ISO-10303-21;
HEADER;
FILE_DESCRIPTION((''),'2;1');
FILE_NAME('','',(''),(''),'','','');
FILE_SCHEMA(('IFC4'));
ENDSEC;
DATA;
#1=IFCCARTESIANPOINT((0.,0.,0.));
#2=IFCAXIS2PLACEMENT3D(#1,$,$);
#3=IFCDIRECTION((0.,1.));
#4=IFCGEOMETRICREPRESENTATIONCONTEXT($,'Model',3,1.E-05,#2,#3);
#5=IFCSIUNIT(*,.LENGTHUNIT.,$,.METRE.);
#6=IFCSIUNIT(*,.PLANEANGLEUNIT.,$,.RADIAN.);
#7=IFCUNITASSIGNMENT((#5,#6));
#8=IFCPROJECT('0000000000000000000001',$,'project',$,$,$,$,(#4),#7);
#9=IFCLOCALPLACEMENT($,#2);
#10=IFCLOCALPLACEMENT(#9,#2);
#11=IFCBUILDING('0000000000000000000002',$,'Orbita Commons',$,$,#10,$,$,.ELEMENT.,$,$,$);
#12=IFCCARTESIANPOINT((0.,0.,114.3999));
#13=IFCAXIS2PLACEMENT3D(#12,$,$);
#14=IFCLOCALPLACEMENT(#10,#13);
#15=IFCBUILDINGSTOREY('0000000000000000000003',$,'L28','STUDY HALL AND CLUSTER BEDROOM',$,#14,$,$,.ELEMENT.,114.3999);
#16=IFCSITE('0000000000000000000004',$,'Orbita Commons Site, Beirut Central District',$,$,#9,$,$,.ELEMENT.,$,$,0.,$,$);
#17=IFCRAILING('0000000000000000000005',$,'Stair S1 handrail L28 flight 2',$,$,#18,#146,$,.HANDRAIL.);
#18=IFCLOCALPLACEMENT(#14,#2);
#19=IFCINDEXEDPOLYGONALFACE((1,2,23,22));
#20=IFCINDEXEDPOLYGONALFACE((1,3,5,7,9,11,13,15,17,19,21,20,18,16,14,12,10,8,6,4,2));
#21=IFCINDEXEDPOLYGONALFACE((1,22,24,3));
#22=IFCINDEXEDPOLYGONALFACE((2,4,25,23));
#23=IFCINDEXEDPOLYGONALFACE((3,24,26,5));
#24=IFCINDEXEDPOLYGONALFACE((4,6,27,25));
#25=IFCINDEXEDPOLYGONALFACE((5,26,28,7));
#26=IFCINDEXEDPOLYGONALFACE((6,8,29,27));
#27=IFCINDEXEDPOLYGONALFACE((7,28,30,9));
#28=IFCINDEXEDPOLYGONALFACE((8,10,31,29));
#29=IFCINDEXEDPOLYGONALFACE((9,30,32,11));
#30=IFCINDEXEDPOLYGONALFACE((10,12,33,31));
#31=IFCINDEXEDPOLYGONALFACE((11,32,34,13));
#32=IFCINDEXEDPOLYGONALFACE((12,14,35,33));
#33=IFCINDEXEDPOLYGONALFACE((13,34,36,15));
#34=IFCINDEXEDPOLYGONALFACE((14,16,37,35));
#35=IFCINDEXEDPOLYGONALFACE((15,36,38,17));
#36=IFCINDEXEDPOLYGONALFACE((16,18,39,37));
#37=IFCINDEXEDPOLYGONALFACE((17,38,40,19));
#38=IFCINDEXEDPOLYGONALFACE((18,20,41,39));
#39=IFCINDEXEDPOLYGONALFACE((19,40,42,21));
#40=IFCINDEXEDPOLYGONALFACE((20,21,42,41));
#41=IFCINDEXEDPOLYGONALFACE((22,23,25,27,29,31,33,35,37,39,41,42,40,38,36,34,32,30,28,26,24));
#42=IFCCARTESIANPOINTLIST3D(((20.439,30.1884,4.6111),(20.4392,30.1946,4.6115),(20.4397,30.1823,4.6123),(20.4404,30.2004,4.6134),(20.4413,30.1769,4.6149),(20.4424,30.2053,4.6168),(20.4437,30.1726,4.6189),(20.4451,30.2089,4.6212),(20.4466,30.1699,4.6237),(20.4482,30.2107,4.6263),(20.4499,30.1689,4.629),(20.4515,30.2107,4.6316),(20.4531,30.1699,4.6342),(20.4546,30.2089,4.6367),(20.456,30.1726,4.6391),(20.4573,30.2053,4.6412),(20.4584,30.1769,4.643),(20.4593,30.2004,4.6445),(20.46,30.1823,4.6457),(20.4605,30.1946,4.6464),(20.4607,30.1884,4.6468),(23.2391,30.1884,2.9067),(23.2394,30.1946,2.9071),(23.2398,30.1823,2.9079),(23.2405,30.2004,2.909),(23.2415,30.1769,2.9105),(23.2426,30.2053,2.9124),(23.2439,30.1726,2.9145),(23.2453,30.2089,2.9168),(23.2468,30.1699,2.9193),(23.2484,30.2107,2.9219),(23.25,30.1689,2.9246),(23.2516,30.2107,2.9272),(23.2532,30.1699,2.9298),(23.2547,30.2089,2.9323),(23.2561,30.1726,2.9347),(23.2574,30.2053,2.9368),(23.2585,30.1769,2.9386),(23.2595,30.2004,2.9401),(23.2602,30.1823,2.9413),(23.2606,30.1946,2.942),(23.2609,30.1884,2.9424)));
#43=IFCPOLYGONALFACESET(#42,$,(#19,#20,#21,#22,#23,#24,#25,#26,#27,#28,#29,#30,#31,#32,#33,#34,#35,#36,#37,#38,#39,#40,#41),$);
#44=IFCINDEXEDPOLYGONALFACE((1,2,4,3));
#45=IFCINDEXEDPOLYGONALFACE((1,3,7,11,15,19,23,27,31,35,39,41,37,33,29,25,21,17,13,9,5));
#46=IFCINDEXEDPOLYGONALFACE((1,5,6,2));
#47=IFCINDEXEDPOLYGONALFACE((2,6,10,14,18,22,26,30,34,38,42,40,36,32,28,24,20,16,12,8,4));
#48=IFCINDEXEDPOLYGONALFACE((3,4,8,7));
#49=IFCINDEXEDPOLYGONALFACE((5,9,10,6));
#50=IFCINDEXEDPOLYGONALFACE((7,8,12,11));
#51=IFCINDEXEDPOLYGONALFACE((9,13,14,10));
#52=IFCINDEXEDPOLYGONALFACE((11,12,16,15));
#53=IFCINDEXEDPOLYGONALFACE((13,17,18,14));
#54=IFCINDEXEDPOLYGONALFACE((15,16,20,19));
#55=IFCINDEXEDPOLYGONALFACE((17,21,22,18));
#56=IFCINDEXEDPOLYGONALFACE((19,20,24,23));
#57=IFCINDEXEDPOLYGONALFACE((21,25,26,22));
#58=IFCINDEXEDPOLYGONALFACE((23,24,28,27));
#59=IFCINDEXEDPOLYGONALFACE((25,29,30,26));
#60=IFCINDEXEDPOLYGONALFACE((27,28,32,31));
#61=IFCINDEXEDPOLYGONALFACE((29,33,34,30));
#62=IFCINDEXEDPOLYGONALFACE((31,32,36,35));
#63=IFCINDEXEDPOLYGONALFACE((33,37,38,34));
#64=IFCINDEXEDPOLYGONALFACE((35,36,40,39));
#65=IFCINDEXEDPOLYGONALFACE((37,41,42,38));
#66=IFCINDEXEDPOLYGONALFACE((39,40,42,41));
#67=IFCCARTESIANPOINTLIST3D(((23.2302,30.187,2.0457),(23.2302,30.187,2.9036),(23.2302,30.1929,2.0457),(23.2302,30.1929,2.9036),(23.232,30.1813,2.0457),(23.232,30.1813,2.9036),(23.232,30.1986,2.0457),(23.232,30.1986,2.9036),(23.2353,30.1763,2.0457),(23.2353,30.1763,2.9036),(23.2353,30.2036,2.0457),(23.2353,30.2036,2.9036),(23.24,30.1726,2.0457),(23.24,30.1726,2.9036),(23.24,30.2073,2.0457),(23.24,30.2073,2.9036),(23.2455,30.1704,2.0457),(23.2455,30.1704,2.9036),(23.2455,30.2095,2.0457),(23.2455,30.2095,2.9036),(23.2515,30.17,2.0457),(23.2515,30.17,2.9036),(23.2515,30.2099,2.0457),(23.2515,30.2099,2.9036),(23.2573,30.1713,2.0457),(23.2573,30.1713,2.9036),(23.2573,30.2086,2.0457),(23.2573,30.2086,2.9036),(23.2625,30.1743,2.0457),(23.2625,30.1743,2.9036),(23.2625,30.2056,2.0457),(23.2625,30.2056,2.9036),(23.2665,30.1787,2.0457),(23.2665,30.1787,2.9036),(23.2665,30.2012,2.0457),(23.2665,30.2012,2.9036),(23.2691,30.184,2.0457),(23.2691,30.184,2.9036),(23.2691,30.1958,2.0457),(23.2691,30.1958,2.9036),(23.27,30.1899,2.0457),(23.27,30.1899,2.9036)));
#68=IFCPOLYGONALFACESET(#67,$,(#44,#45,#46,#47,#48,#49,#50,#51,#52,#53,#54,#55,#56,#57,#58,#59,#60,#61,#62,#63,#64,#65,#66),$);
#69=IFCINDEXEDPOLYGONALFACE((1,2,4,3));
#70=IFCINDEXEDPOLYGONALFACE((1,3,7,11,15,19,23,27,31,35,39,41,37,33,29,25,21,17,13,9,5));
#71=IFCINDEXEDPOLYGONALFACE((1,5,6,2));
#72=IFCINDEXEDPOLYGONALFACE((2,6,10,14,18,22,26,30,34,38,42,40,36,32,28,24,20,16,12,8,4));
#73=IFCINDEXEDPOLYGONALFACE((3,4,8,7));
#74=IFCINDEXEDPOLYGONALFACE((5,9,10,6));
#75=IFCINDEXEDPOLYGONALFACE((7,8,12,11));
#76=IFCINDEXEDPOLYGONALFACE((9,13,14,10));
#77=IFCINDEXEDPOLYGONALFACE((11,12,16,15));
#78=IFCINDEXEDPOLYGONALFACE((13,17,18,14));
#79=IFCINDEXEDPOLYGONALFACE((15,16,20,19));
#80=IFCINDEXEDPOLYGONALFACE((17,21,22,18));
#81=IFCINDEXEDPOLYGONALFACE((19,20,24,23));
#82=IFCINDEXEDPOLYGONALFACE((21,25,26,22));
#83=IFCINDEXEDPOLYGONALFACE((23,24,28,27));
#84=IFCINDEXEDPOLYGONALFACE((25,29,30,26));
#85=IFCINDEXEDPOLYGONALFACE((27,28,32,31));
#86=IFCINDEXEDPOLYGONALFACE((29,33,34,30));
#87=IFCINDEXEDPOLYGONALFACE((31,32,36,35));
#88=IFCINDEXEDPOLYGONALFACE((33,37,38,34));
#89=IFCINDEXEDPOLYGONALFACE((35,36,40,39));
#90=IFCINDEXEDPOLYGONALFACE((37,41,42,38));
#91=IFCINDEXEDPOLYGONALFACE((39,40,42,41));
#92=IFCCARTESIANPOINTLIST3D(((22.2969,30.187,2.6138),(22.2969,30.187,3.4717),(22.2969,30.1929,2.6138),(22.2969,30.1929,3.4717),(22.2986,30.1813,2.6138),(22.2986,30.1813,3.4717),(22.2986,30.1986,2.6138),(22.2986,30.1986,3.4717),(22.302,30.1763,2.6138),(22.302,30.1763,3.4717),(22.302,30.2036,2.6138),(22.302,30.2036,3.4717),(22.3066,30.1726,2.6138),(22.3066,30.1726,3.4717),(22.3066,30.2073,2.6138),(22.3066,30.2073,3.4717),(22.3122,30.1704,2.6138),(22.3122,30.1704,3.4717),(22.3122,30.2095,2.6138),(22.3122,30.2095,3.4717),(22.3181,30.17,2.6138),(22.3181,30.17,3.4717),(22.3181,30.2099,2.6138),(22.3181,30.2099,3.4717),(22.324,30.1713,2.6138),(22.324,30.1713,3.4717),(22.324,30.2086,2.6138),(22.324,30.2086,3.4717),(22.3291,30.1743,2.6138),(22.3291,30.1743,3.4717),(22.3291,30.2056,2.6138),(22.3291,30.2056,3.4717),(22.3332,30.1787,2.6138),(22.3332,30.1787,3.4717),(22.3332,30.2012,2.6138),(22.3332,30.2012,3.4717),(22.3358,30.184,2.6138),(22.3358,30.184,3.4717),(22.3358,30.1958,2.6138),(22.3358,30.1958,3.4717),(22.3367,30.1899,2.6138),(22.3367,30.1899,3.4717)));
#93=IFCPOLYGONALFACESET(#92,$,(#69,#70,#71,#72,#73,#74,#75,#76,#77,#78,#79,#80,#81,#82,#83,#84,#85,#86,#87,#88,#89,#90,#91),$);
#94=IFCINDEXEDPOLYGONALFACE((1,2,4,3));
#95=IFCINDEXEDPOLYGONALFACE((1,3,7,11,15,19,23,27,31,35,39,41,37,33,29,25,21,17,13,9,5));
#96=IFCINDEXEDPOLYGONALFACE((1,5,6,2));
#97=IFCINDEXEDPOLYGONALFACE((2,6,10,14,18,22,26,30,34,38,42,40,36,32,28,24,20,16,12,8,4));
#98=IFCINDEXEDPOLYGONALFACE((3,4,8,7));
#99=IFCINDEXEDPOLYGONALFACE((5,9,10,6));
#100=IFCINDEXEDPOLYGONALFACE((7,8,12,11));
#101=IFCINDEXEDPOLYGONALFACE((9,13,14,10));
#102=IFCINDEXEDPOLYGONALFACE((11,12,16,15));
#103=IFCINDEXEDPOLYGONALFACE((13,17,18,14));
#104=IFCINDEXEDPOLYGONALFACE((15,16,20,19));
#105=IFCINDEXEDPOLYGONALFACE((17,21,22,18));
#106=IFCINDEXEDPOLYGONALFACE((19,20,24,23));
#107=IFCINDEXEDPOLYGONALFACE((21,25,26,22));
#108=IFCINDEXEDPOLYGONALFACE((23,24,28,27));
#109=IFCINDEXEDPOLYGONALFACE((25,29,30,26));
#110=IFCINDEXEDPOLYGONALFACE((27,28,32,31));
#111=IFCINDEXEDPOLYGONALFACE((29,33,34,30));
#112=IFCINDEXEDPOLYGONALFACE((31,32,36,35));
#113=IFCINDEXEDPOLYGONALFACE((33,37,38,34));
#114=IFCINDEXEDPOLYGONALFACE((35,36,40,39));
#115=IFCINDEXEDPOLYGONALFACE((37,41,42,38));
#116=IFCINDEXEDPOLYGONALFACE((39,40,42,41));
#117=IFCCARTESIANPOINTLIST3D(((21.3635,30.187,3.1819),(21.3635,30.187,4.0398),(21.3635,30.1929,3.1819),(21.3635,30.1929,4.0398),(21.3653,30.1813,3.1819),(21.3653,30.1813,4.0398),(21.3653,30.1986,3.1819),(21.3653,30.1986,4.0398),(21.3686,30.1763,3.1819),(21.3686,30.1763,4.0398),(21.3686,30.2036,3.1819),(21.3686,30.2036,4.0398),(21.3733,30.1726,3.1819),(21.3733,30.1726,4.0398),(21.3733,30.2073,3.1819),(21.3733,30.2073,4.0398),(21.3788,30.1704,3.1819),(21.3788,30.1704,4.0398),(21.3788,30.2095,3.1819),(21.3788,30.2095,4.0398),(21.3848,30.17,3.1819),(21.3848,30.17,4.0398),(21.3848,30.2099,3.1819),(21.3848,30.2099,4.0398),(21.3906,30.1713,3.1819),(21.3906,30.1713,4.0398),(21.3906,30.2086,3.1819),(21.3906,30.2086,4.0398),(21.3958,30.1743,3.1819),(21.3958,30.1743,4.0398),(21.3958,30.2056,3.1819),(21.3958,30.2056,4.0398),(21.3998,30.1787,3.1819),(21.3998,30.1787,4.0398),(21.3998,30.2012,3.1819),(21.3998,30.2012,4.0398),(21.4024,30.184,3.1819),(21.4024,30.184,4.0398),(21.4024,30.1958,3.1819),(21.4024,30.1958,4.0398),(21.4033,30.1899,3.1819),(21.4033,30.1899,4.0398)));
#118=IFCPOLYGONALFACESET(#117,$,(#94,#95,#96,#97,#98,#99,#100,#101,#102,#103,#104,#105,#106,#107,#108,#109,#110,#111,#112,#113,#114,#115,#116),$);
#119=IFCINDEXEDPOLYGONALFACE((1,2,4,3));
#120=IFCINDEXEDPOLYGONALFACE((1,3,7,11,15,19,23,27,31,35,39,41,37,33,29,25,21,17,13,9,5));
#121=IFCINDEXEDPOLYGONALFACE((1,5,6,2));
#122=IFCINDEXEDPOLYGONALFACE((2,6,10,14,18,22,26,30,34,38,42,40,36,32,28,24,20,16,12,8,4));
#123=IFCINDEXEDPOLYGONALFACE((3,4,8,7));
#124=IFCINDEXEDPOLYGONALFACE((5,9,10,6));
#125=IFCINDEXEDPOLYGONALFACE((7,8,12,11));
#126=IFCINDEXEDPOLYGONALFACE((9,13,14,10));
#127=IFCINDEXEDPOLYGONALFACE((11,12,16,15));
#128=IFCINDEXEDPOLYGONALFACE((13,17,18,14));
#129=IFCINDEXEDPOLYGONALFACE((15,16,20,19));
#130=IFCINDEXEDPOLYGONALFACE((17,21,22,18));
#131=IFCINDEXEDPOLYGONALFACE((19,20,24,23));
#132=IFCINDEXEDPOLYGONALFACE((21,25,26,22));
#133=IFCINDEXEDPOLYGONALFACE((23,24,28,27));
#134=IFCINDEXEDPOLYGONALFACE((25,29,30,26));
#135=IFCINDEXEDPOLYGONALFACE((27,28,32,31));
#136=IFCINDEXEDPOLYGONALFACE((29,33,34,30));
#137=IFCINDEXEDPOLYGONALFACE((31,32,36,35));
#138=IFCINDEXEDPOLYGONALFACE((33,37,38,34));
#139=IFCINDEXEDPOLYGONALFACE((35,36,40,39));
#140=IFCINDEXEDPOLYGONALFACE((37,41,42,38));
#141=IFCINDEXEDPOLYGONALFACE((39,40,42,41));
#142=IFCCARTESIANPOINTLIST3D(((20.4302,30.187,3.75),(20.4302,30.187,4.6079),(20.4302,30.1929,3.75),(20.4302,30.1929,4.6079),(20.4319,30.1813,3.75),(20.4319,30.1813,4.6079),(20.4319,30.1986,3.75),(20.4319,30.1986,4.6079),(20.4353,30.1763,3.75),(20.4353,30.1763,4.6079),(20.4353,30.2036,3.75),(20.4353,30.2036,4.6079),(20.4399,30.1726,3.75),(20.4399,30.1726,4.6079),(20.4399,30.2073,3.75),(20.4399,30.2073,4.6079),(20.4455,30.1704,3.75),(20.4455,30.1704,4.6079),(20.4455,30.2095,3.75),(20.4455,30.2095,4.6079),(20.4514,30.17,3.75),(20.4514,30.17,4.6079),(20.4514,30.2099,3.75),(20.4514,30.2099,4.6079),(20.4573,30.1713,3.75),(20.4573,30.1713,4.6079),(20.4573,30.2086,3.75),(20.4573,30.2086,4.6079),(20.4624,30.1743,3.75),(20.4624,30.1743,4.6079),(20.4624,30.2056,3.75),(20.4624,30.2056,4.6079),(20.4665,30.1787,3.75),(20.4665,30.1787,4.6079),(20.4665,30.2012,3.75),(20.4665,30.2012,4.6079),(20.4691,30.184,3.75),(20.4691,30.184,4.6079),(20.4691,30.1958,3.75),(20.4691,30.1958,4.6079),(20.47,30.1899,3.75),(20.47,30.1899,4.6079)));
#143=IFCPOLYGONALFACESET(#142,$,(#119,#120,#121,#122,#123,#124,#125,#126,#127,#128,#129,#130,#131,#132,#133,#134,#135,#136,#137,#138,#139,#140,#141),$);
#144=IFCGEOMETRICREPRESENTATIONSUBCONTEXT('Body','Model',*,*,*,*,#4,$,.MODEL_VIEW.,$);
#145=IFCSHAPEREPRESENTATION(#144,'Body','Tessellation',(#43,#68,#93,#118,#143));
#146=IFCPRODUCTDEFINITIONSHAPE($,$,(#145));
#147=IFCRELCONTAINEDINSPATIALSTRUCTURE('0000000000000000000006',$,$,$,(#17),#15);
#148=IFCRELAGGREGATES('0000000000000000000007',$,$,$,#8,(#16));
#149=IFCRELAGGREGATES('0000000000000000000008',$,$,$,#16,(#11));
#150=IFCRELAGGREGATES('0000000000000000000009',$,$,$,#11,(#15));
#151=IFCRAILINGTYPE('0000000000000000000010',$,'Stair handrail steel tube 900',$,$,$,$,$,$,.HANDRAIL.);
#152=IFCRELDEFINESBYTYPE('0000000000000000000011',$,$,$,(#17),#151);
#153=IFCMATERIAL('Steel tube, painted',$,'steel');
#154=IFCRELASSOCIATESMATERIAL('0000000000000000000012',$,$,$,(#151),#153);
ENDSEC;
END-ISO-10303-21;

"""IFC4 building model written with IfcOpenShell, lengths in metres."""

from ifc_helpers import new_model, si_unit, direction, frame, origin, origin_2d, place, context, subcontext, project, spatial, circle, extrude, material, type_object, element, save


model = new_model("IFC4")

# Units and contexts
model_context = context("Model", 3, precision=1e-05, world=origin(), true_north=direction((0.0, 1.0)))
body_context = subcontext(model_context, "Body", "Model", "MODEL_VIEW")
ifc_project = project(units=[si_unit("LENGTHUNIT", "METRE"), si_unit("PLANEANGLEUNIT", "RADIAN")], contexts=[model_context])

# Site, building, storey
site_placement = place(None, origin())
site = spatial("IfcSite", under=ifc_project, at=site_placement, Name="Orbita Commons Site, Beirut Central District", CompositionType="ELEMENT", RefElevation=0.0)
building_placement = place(site_placement, origin())
building = spatial("IfcBuilding", under=site, at=building_placement, Name="Orbita Commons", CompositionType="ELEMENT")
storey_placement = place(building_placement, frame((0.0, 0.0, 114.3999)))
storey = spatial("IfcBuildingStorey", under=building, at=storey_placement, Name="L28", Description="STUDY HALL AND CLUSTER BEDROOM", CompositionType="ELEMENT", Elevation=114.3999)

# Railing
ifc_material_1 = material(Name="Steel tube, painted", Category="steel")
railing_type = type_object("IfcRailingType", Name="Stair handrail steel tube 900", PredefinedType="HANDRAIL", material=ifc_material_1)
for number, where, name in (
    (1, (23.25, 30.1899, 2.0457), "Stair S1 handrail L28 flight 2"),
):
    element("IfcRailing", number, at=place(storey_placement, frame(where)), inside=storey, type_object=railing_type, Name=name, PredefinedType="HANDRAIL", context=body_context, shape_type="SweptSolid", body=[
        extrude(circle(Radius=0.021, at=origin_2d()), frame((0.0, 0.0, 0.8789), z_axis=(-0.854203, 0.0, 0.51994), x_axis=(0.0, -1.0, 0.0)), (0.0, 0.0, 1.0), 3.2781),
        extrude(circle(Radius=0.02, at=origin_2d()), origin(), (0.0, 0.0, 1.0), 0.8579),
        extrude(circle(Radius=0.02, at=origin_2d()), frame((-0.9333, 0.0, 0.5681)), (0.0, 0.0, 1.0), 0.8579),
        extrude(circle(Radius=0.02, at=origin_2d()), frame((-1.8667, 0.0, 1.1362)), (0.0, 0.0, 1.0), 0.8579),
        extrude(circle(Radius=0.02, at=origin_2d()), frame((-2.8, 0.0, 1.7043)), (0.0, 0.0, 1.0), 0.8579),
    ])

save(model, "model.ifc")
